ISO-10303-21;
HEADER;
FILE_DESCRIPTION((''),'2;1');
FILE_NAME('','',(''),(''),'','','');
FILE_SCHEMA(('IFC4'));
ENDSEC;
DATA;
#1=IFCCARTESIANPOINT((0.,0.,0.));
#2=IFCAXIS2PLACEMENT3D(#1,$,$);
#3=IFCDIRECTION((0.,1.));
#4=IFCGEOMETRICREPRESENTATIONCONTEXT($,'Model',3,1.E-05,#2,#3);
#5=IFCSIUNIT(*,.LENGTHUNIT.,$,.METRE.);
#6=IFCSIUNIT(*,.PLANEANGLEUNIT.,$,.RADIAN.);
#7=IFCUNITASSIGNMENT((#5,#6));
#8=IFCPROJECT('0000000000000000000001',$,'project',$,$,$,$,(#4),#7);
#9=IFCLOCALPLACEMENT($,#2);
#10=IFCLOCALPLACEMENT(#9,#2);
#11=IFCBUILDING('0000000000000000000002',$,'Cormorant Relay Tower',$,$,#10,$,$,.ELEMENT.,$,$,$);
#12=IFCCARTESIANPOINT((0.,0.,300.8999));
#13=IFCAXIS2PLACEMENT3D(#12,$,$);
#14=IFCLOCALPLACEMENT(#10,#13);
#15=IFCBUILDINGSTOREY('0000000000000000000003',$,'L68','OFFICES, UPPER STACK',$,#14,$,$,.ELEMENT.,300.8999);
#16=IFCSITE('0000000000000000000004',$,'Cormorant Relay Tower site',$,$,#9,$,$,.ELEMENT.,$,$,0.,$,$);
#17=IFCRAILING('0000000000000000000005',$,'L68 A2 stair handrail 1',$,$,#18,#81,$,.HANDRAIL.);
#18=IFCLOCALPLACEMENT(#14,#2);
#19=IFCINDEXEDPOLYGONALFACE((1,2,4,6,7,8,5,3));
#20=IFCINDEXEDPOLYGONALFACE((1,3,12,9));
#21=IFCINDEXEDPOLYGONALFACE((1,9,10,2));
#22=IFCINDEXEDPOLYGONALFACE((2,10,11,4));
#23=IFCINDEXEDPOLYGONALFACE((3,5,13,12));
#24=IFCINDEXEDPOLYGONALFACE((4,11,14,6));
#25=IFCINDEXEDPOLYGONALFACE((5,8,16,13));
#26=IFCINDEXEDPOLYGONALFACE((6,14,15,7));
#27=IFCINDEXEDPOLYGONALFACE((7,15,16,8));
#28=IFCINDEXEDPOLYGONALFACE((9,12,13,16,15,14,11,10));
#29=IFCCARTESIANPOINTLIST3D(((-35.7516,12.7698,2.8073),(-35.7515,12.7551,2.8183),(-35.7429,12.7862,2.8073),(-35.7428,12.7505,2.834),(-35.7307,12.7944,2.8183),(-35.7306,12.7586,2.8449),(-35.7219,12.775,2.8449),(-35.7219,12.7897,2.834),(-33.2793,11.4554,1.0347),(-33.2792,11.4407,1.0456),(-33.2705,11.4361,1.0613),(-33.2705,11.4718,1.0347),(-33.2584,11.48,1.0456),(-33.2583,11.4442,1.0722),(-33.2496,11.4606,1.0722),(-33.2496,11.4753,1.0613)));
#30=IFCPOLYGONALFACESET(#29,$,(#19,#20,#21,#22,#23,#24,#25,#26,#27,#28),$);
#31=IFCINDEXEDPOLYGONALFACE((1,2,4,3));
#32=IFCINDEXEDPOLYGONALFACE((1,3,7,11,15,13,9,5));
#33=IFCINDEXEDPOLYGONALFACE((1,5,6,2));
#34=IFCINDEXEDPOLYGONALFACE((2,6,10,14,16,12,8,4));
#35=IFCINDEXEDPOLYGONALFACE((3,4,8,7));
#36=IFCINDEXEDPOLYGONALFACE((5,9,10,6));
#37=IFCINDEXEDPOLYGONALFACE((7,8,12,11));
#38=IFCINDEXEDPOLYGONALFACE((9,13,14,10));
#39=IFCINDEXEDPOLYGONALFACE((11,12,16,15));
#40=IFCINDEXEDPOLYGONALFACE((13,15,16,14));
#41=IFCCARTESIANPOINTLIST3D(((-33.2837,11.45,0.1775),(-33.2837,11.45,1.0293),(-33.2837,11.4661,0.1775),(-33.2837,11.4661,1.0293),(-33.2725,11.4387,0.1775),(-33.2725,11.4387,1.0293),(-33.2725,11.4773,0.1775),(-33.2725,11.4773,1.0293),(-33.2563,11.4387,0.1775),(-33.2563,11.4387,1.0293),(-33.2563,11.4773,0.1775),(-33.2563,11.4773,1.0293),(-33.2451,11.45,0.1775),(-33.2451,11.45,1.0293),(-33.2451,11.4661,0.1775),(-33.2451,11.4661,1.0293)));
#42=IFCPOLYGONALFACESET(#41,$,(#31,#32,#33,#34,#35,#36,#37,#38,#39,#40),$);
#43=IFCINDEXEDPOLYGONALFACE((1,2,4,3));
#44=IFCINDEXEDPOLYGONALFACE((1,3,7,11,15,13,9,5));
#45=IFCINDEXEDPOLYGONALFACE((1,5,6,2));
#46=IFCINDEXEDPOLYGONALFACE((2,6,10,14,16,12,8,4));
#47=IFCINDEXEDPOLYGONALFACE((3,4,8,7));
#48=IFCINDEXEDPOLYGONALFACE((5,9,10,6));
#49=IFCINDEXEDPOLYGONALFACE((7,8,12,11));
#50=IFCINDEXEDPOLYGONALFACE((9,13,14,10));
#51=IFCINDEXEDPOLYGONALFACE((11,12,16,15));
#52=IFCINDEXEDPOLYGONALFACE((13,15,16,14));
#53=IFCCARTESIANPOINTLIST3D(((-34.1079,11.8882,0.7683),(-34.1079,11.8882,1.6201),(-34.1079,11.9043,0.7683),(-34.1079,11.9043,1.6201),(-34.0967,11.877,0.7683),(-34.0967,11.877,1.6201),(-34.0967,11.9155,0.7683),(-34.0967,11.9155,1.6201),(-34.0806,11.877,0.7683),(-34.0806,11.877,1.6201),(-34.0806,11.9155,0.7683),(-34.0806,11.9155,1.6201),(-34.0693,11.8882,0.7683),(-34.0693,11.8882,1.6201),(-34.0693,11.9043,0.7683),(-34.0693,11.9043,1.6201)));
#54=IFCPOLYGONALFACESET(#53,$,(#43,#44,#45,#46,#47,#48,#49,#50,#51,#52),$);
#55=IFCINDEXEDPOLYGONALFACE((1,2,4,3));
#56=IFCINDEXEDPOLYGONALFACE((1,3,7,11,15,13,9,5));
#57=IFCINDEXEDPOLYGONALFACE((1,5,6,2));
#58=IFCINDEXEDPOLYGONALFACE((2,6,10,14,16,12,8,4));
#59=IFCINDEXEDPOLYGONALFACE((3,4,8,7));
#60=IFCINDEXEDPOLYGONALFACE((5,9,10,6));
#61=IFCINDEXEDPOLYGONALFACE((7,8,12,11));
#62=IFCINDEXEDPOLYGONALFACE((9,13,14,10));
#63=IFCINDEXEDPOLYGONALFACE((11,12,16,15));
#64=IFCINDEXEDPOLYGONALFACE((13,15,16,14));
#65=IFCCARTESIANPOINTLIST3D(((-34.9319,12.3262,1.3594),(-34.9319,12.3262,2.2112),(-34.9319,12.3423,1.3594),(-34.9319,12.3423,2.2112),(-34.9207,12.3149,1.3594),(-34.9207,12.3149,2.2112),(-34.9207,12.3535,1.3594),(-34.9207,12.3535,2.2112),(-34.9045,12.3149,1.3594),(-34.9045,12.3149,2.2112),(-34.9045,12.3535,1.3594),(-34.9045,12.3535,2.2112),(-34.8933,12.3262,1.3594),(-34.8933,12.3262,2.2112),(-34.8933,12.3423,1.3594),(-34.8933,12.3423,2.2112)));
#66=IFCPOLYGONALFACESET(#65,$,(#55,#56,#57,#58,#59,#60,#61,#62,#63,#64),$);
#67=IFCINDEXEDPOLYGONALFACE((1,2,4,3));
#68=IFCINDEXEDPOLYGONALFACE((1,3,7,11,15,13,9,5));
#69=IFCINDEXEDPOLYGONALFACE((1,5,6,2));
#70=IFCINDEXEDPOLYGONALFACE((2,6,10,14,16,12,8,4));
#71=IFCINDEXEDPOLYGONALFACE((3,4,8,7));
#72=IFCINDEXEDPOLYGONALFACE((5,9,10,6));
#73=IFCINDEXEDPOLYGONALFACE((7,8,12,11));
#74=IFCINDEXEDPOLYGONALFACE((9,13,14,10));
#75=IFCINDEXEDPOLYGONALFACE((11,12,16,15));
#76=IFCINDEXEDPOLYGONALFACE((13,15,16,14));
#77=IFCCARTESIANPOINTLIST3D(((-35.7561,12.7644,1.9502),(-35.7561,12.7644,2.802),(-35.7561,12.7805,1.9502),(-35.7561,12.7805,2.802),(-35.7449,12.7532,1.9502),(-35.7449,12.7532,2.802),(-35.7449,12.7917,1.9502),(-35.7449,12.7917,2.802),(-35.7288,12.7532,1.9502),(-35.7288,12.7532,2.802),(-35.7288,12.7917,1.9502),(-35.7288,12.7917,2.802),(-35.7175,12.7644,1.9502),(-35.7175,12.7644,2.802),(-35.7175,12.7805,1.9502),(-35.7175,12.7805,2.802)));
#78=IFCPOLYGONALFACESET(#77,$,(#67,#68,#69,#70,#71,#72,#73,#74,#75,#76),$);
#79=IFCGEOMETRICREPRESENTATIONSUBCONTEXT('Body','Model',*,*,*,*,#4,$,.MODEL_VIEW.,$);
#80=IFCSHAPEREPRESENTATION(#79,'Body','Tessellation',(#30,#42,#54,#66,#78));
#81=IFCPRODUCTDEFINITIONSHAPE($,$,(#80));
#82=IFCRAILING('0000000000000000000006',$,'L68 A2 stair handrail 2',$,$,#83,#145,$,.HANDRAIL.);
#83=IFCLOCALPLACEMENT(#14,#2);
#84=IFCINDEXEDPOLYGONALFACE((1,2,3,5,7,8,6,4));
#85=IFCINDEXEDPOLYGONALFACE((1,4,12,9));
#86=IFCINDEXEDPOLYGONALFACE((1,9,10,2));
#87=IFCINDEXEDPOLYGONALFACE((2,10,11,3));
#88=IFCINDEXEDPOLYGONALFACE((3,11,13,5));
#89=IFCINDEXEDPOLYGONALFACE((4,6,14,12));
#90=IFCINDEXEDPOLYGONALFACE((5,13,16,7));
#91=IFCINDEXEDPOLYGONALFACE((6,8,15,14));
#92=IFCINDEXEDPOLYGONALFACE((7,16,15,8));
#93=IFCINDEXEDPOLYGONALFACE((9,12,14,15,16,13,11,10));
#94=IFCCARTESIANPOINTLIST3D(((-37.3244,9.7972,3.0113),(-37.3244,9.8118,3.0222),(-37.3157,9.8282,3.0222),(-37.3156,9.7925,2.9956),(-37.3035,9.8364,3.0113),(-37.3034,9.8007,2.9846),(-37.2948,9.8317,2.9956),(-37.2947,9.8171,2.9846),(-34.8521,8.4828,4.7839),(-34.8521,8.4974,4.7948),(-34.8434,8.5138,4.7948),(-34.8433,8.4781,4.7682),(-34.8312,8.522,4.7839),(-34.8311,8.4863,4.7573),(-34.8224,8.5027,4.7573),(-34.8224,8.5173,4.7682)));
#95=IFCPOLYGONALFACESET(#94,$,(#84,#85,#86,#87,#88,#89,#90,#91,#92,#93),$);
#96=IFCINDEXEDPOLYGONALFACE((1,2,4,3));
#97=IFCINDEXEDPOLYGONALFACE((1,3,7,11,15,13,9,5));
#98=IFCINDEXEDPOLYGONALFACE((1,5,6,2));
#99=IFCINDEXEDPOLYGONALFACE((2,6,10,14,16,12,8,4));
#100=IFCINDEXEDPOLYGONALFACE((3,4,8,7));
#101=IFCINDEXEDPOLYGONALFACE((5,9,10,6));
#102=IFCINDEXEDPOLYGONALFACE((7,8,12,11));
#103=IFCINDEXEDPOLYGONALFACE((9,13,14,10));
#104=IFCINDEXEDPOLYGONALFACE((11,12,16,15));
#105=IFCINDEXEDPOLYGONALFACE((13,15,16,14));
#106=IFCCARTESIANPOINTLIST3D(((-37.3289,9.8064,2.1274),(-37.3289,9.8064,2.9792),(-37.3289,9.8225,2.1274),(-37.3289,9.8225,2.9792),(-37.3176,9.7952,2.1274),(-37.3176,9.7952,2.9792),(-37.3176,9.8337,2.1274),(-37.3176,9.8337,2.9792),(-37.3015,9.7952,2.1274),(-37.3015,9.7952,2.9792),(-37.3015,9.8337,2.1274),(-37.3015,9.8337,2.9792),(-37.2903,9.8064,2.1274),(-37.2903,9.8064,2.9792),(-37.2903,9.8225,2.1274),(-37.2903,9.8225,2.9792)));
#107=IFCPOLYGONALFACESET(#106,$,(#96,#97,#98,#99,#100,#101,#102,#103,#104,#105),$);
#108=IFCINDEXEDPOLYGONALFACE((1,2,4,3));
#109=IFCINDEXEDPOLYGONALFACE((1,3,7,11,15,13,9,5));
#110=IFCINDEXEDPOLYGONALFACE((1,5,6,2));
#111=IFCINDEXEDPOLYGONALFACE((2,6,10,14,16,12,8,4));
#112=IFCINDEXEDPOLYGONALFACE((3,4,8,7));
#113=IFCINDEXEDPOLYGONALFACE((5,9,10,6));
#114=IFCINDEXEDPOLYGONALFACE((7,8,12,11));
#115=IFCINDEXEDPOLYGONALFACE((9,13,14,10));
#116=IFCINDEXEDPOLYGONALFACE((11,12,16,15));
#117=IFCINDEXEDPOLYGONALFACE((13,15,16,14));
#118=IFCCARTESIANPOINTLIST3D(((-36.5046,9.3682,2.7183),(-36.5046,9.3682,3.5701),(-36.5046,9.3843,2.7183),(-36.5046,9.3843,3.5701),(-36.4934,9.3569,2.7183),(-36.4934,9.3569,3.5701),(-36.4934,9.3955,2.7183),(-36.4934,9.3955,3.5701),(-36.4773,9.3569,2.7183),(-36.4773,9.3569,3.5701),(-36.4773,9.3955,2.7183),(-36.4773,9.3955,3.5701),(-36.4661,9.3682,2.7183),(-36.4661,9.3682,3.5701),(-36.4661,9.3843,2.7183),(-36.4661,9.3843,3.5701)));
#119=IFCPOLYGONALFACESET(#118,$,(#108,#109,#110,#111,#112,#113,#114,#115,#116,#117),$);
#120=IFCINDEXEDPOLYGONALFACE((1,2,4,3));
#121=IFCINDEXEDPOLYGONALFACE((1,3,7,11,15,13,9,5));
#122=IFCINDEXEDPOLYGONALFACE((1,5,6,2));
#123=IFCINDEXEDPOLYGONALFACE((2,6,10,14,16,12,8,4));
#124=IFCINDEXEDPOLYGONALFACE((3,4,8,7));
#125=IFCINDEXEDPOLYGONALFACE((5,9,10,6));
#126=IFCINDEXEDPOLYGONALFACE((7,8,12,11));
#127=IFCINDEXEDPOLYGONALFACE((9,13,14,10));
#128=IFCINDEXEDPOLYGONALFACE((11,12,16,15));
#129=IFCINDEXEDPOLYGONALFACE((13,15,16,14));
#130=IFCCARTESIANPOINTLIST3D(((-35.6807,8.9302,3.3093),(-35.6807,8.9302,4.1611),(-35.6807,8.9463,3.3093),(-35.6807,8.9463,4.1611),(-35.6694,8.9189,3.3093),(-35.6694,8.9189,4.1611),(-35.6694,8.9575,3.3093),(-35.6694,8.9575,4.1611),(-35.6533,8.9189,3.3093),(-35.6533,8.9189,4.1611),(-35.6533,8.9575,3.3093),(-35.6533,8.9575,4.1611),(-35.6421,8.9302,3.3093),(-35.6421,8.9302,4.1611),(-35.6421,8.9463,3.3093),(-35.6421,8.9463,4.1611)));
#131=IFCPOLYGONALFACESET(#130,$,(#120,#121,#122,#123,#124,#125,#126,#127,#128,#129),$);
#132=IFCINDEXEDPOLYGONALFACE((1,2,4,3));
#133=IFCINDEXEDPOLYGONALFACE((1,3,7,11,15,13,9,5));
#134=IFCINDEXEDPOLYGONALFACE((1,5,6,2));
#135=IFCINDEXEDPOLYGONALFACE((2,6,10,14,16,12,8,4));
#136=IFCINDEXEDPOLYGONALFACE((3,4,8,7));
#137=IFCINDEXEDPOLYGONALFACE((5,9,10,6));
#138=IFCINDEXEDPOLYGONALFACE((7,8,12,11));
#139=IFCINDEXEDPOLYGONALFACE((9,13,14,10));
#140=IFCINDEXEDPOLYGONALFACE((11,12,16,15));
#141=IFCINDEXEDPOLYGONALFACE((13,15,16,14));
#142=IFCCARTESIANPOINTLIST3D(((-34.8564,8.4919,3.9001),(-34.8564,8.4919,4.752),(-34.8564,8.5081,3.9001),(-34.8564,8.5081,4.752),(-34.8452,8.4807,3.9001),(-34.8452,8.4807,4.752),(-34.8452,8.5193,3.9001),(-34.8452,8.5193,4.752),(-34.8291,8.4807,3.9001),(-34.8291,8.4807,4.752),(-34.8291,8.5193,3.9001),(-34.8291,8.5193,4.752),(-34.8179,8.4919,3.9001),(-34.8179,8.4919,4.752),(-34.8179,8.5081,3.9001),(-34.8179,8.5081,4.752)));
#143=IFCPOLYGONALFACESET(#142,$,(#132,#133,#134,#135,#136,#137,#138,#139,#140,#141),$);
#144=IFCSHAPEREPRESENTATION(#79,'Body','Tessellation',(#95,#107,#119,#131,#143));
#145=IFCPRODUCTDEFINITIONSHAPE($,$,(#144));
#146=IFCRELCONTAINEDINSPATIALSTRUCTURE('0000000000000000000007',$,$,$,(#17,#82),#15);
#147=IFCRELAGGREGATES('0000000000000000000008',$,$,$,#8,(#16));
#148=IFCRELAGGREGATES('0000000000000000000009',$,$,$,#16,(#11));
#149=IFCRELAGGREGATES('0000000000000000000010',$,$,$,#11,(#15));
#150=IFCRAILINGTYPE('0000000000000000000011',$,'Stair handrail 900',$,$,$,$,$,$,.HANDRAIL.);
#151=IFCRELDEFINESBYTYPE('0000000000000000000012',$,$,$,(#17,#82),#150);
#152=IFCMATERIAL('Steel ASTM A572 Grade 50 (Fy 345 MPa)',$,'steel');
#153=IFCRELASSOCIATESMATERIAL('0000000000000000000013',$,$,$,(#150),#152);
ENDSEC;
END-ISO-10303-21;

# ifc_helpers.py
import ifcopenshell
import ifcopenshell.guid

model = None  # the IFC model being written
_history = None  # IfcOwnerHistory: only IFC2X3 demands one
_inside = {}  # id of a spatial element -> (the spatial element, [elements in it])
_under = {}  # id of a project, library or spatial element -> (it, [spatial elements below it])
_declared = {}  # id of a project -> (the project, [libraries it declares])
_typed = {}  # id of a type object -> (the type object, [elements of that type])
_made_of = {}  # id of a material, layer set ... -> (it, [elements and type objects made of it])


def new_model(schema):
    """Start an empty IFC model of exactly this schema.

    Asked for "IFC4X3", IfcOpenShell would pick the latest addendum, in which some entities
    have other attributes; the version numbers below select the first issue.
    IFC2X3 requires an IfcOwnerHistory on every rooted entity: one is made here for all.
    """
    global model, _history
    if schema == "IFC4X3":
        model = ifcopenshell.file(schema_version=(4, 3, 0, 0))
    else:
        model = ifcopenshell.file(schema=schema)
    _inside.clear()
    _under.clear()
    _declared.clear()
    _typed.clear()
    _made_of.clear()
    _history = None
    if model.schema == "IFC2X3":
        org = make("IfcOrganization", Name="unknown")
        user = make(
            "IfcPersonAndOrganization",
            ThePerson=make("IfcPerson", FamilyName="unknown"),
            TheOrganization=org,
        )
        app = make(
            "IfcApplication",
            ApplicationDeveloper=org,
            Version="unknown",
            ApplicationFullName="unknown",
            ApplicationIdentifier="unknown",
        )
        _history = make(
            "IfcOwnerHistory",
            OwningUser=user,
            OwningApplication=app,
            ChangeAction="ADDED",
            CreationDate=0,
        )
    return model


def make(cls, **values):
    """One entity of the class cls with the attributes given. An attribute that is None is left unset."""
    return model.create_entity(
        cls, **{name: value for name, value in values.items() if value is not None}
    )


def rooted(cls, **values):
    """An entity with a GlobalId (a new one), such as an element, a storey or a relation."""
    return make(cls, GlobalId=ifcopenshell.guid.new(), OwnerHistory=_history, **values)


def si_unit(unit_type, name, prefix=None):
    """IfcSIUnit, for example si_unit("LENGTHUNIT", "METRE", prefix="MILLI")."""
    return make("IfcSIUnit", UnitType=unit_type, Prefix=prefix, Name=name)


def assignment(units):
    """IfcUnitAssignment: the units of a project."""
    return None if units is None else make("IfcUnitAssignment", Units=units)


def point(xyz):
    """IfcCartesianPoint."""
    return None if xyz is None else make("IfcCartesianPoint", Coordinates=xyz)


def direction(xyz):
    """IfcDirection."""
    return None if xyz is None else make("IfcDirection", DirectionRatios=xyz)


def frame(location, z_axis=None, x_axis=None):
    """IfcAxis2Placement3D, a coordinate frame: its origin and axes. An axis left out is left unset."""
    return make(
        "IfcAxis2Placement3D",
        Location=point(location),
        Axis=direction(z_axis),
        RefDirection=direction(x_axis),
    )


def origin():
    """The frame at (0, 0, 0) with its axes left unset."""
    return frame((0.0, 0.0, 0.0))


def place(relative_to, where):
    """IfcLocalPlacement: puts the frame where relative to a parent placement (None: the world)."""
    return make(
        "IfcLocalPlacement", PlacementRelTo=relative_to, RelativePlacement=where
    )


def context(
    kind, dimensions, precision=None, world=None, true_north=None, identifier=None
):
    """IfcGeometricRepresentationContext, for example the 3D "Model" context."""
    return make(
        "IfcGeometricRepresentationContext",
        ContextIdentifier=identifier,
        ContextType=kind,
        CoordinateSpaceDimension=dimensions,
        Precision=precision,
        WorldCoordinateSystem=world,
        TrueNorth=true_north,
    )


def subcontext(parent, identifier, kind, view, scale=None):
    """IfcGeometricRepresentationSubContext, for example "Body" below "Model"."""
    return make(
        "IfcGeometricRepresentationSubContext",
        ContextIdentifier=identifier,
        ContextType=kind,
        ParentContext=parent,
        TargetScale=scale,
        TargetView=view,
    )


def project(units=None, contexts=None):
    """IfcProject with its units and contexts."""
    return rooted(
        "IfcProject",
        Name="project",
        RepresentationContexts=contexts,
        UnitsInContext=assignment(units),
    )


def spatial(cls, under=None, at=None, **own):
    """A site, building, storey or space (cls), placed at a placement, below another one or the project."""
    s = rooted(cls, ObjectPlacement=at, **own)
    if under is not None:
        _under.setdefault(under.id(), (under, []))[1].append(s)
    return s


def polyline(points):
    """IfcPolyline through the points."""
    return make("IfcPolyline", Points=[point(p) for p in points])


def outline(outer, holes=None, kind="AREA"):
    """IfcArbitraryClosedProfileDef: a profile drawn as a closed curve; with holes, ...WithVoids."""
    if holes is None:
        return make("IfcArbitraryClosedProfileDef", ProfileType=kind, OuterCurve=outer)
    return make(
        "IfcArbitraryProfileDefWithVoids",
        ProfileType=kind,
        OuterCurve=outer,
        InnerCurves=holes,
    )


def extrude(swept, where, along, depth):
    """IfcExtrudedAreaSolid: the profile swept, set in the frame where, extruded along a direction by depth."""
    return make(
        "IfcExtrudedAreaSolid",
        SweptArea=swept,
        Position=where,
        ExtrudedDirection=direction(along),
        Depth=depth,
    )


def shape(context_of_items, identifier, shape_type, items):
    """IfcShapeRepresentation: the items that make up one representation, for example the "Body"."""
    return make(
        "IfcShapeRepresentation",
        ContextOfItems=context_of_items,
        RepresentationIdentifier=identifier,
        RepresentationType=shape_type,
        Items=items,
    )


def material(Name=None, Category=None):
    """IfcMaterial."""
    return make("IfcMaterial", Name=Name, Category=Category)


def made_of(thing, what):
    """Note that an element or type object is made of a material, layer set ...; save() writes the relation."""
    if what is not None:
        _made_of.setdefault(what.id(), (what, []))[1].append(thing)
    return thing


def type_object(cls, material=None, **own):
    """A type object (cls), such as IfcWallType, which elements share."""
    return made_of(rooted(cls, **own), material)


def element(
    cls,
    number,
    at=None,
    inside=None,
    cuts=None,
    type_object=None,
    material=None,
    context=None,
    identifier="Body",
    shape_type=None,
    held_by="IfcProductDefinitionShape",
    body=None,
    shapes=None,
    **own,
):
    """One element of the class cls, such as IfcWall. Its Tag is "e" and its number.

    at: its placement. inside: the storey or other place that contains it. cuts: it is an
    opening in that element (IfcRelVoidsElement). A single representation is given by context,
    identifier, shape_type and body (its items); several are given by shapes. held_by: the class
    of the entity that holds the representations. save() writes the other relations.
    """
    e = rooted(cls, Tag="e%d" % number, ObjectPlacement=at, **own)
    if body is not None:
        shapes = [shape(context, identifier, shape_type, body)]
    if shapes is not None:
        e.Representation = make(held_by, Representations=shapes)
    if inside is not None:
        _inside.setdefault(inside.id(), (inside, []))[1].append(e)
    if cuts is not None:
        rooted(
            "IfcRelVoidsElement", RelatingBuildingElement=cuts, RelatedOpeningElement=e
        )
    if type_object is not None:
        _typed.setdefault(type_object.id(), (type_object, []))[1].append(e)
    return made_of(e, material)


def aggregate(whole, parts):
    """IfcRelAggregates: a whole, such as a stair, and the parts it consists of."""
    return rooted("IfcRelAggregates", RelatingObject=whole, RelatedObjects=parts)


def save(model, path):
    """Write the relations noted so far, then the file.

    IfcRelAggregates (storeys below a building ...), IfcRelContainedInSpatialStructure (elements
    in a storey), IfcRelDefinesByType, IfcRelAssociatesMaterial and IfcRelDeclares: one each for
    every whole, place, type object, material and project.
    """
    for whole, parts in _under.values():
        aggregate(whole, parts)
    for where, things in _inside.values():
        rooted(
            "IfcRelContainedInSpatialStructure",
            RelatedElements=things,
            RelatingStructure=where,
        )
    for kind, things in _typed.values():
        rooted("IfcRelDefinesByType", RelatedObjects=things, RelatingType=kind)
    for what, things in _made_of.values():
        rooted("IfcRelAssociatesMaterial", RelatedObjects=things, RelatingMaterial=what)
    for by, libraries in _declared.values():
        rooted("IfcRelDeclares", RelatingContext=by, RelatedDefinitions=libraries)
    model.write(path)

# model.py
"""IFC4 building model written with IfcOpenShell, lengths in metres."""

from ifc_helpers import new_model, si_unit, direction, frame, origin, place, context, subcontext, project, spatial, polyline, outline, extrude, material, type_object, element, save


model = new_model("IFC4")

# Units and contexts
model_context = context("Model", 3, precision=1e-05, world=origin(), true_north=direction((0.0, 1.0)))
body_context = subcontext(model_context, "Body", "Model", "MODEL_VIEW")
ifc_project = project(units=[si_unit("LENGTHUNIT", "METRE"), si_unit("PLANEANGLEUNIT", "RADIAN")], contexts=[model_context])

# Site, building, storey
site_placement = place(None, origin())
site = spatial("IfcSite", under=ifc_project, at=site_placement, Name="Cormorant Relay Tower site", CompositionType="ELEMENT", RefElevation=0.0)
building_placement = place(site_placement, origin())
building = spatial("IfcBuilding", under=site, at=building_placement, Name="Cormorant Relay Tower", CompositionType="ELEMENT")
storey_placement = place(building_placement, frame((0.0, 0.0, 300.8999)))
storey = spatial("IfcBuildingStorey", under=building, at=storey_placement, Name="L68", Description="OFFICES, UPPER STACK", CompositionType="ELEMENT", Elevation=300.8999)

# Railings
ifc_material_1 = material(Name="Steel ASTM A572 Grade 50 (Fy 345 MPa)", Category="steel")
railing_type_1 = type_object("IfcRailingType", Name="Stair handrail 900", PredefinedType="HANDRAIL", material=ifc_material_1)
railing_1_placement = place(storey_placement, frame((-33.2644, 11.458, 0.1775)))
element("IfcRailing", 1, at=railing_1_placement, inside=storey, type_object=railing_type_1, Name="L68 A2 stair handrail 1", PredefinedType="HANDRAIL", context=body_context, shape_type="SweptSolid", body=[
    extrude(outline(polyline([(0.0222, 0.0093), (0.0093, 0.0222), (-0.0093, 0.0222), (-0.0222, 0.0093), (-0.0222, -0.0093), (-0.0093, -0.0222), (0.0093, -0.0222), (0.0222, -0.0093), (0.0222, 0.0093)])), frame((0.0, 0.0, 0.876), z_axis=(-0.746034, 0.396627, 0.534902), x_axis=(-0.469429, -0.88297, 0.0)), (0.0, 0.0, 1.0), 3.314),
    extrude(outline(polyline([(0.0193, 0.0081), (0.0081, 0.0193), (-0.0081, 0.0193), (-0.0193, 0.0081), (-0.0193, -0.0081), (-0.0081, -0.0193), (0.0081, -0.0193), (0.0193, -0.0081), (0.0193, 0.0081)])), origin(), (0.0, 0.0, 1.0), 0.8518),
    extrude(outline(polyline([(0.0193, 0.0081), (0.0081, 0.0193), (-0.0081, 0.0193), (-0.0193, 0.0081), (-0.0193, -0.0081), (-0.0081, -0.0193), (0.0081, -0.0193), (0.0193, -0.0081), (0.0193, 0.0081)])), frame((-0.8242, 0.4382, 0.5908)), (0.0, 0.0, 1.0), 0.8518),
    extrude(outline(polyline([(0.0193, 0.0081), (0.0081, 0.0193), (-0.0081, 0.0193), (-0.0193, 0.0081), (-0.0193, -0.0081), (-0.0081, -0.0193), (0.0081, -0.0193), (0.0193, -0.0081), (0.0193, 0.0081)])), frame((-1.6482, 0.8762, 1.1819)), (0.0, 0.0, 1.0), 0.8518),
    extrude(outline(polyline([(0.0193, 0.0081), (0.0081, 0.0193), (-0.0081, 0.0193), (-0.0193, 0.0081), (-0.0193, -0.0081), (-0.0081, -0.0193), (0.0081, -0.0193), (0.0193, -0.0081), (0.0193, 0.0081)])), frame((-2.4724, 1.3145, 1.7727)), (0.0, 0.0, 1.0), 0.8518),
])
railing_2_placement = place(storey_placement, frame((-37.3096, 9.8145, 2.1274)))
element("IfcRailing", 2, at=railing_2_placement, inside=storey, type_object=railing_type_1, Name="L68 A2 stair handrail 2", PredefinedType="HANDRAIL", context=body_context, shape_type="SweptSolid", body=[
    extrude(outline(polyline([(0.0222, 0.0093), (0.0093, 0.0222), (-0.0093, 0.0222), (-0.0222, 0.0093), (-0.0222, -0.0093), (-0.0093, -0.0222), (0.0093, -0.0222), (0.0222, -0.0093), (0.0222, 0.0093)])), frame((0.0, 0.0, 0.876), z_axis=(0.746034, -0.396627, 0.534902), x_axis=(0.469429, 0.88297, 0.0)), (0.0, 0.0, 1.0), 3.314),
    extrude(outline(polyline([(0.0193, 0.0081), (0.0081, 0.0193), (-0.0081, 0.0193), (-0.0193, 0.0081), (-0.0193, -0.0081), (-0.0081, -0.0193), (0.0081, -0.0193), (0.0193, -0.0081), (0.0193, 0.0081)])), origin(), (0.0, 0.0, 1.0), 0.8518),
    extrude(outline(polyline([(0.0193, 0.0081), (0.0081, 0.0193), (-0.0081, 0.0193), (-0.0193, 0.0081), (-0.0193, -0.0081), (-0.0081, -0.0193), (0.0081, -0.0193), (0.0193, -0.0081), (0.0193, 0.0081)])), frame((0.8242, -0.4382, 0.5908)), (0.0, 0.0, 1.0), 0.8518),
    extrude(outline(polyline([(0.0193, 0.0081), (0.0081, 0.0193), (-0.0081, 0.0193), (-0.0193, 0.0081), (-0.0193, -0.0081), (-0.0081, -0.0193), (0.0081, -0.0193), (0.0193, -0.0081), (0.0193, 0.0081)])), frame((1.6482, -0.8762, 1.1819)), (0.0, 0.0, 1.0), 0.8518),
    extrude(outline(polyline([(0.0193, 0.0081), (0.0081, 0.0193), (-0.0081, 0.0193), (-0.0193, 0.0081), (-0.0193, -0.0081), (-0.0081, -0.0193), (0.0081, -0.0193), (0.0193, -0.0081), (0.0193, 0.0081)])), frame((2.4724, -1.3145, 1.7727)), (0.0, 0.0, 1.0), 0.8518),
])

save(model, "model.ifc")
